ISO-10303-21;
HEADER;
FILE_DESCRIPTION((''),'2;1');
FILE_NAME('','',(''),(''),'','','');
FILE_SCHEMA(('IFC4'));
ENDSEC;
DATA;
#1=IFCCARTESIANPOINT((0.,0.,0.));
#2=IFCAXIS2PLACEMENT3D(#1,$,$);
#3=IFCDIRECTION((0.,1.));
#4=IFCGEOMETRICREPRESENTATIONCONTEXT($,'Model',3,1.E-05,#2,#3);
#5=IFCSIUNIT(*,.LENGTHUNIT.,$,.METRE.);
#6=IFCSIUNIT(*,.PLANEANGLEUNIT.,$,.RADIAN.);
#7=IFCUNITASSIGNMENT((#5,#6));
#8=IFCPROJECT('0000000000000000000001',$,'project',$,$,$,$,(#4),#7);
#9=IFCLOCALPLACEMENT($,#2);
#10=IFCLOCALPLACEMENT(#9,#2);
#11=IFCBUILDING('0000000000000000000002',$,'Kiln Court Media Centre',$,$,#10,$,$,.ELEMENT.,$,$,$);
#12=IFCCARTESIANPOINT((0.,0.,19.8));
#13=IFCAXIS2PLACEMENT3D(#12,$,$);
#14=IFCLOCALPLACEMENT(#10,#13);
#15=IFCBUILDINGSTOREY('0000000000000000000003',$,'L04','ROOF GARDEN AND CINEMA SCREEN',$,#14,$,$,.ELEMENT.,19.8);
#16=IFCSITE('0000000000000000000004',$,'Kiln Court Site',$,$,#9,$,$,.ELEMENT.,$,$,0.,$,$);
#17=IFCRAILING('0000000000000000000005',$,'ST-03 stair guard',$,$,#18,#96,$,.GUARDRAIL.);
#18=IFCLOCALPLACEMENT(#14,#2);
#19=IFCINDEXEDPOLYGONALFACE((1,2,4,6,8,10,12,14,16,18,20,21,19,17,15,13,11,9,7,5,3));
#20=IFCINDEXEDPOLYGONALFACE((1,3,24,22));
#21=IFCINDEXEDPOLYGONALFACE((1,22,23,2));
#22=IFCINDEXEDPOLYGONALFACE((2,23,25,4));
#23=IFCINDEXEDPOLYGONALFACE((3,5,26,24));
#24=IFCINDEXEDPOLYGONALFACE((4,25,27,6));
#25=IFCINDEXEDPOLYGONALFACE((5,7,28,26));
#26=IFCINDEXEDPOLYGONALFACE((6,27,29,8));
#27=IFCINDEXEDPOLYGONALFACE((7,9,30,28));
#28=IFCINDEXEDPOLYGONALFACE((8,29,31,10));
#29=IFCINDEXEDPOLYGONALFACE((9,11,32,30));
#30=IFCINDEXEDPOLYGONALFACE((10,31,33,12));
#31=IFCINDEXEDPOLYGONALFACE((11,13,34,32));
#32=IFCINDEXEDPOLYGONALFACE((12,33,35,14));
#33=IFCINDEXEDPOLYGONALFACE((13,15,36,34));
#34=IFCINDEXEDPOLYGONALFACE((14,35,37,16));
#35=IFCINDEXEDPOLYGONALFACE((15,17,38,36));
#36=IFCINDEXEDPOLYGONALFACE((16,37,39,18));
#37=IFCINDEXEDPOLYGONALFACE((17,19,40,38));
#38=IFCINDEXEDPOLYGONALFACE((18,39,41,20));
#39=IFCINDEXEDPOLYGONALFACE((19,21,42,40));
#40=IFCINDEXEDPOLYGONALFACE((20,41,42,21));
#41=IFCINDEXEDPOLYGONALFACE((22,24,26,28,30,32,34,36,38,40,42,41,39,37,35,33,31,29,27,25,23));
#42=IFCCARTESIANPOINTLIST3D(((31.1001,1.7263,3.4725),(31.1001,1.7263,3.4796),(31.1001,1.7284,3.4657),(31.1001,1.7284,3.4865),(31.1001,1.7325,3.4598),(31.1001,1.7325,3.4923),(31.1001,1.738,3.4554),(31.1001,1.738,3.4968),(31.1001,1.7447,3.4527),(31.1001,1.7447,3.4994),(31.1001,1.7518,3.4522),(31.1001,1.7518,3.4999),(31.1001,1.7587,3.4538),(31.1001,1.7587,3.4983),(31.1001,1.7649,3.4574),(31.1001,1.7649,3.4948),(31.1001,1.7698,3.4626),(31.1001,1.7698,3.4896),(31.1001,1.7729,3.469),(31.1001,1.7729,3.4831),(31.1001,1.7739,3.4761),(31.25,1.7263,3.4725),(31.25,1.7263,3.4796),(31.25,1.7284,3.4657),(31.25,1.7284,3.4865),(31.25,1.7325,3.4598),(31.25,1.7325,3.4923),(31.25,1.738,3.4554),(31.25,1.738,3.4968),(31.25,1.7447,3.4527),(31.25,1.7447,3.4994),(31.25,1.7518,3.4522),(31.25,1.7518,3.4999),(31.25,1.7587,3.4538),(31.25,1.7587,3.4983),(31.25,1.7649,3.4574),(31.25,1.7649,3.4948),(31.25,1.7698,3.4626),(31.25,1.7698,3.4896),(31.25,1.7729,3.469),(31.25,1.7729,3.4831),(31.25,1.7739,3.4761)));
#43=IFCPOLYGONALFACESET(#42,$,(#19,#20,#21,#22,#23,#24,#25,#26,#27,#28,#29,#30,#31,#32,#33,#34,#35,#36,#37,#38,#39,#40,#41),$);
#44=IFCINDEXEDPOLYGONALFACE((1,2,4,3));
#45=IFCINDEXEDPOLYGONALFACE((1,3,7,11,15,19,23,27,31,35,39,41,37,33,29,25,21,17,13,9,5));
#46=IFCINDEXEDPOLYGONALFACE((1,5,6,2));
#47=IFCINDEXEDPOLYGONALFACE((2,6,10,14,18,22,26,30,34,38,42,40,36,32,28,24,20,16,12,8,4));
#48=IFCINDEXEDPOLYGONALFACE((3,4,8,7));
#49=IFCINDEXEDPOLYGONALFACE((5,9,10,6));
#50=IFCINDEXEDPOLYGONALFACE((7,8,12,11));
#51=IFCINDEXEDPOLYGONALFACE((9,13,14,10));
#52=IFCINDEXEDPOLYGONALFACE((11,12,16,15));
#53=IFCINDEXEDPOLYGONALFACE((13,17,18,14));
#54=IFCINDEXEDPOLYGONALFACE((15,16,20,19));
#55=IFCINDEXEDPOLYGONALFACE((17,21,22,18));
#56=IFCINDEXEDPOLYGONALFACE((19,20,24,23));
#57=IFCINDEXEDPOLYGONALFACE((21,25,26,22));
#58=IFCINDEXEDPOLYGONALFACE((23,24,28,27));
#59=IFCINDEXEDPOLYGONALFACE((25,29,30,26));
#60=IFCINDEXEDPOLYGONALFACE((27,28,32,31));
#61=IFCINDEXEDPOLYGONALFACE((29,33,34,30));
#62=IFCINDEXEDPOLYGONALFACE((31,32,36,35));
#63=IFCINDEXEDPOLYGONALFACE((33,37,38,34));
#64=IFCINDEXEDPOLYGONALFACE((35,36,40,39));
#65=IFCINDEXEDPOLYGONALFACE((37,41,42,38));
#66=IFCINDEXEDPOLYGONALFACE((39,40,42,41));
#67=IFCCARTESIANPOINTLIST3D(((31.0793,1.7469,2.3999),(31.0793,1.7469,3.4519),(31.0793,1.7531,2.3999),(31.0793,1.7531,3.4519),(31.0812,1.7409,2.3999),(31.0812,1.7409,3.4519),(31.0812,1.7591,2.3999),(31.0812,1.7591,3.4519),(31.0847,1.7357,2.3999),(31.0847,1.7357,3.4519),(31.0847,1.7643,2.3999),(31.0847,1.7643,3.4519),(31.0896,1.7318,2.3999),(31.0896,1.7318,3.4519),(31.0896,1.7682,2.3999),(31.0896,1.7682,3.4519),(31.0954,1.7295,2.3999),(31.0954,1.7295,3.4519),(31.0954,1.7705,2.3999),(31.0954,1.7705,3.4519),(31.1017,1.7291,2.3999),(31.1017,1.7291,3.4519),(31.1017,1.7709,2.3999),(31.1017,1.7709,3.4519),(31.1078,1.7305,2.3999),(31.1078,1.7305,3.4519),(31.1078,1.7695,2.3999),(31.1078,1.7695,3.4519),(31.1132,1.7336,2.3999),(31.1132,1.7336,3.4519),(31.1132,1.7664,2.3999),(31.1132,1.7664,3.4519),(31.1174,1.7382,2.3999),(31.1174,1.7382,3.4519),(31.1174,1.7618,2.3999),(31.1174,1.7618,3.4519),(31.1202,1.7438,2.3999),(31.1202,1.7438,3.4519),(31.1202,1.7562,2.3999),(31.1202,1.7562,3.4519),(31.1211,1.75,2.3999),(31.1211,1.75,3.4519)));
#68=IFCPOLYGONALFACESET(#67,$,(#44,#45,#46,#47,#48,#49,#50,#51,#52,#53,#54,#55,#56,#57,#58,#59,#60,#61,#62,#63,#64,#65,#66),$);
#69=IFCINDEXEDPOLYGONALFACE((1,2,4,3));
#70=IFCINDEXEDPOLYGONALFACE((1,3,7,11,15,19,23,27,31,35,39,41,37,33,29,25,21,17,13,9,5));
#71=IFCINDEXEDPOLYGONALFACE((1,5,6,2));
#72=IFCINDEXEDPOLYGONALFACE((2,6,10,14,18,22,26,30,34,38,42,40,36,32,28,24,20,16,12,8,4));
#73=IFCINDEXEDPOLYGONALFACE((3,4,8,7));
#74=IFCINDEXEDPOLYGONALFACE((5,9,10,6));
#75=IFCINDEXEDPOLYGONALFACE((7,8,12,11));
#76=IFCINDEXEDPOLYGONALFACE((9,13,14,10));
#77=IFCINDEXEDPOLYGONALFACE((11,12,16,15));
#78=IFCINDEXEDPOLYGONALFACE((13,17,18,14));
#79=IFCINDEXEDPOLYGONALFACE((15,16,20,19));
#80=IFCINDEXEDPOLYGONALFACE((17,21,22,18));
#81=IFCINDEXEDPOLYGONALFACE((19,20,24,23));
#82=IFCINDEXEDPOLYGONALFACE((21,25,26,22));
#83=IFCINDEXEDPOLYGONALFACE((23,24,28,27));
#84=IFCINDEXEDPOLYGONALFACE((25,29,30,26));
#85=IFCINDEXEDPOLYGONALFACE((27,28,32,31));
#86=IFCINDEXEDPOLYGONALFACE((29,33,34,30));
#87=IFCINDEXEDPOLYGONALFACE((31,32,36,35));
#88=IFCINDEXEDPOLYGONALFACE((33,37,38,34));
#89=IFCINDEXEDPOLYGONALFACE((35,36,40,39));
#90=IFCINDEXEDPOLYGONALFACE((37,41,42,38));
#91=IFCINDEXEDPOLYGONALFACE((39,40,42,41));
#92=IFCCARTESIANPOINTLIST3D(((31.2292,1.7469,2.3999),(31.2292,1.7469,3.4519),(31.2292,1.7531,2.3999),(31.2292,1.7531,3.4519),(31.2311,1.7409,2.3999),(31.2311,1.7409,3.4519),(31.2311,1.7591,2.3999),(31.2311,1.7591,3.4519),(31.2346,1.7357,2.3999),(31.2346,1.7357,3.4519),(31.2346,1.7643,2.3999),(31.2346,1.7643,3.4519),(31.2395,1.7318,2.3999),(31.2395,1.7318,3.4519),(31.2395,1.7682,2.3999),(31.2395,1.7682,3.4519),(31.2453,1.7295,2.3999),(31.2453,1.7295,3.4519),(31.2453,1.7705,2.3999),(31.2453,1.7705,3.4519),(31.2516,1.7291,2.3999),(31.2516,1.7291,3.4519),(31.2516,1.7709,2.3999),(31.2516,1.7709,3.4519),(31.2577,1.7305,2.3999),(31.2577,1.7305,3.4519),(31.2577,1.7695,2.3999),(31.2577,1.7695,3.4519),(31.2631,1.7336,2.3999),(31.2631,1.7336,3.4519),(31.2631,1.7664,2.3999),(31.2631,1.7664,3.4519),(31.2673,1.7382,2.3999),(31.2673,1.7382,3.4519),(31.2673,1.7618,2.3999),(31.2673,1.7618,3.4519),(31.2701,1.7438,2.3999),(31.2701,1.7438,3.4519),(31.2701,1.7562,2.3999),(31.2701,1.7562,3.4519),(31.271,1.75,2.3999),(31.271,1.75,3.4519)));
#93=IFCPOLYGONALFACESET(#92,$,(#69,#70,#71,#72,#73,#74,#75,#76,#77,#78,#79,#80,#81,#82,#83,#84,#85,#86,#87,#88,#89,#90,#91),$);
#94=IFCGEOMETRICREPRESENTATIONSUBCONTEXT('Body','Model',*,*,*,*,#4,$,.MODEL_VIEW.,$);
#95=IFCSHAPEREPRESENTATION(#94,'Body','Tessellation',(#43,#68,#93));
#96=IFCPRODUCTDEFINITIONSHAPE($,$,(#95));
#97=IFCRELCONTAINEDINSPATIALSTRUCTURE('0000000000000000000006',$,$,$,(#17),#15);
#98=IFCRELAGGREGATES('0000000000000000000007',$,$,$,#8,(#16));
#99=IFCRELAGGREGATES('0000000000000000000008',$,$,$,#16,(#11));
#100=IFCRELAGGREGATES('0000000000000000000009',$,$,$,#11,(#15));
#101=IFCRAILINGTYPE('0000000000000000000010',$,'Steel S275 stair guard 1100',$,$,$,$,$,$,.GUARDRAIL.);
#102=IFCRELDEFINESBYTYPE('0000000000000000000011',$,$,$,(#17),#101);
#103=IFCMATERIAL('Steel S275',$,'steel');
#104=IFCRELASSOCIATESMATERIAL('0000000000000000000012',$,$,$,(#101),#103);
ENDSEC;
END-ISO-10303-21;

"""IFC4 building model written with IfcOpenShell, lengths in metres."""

from ifc_helpers import new_model, si_unit, direction, frame, origin, origin_2d, place, context, subcontext, project, spatial, circle, extrude, material, type_object, element, save


model = new_model("IFC4")

# Units and contexts
model_context = context("Model", 3, precision=1e-05, world=origin(), true_north=direction((0.0, 1.0)))
body_context = subcontext(model_context, "Body", "Model", "MODEL_VIEW")
ifc_project = project(units=[si_unit("LENGTHUNIT", "METRE"), si_unit("PLANEANGLEUNIT", "RADIAN")], contexts=[model_context])

# Site, building, storey
site_placement = place(None, origin())
site = spatial("IfcSite", under=ifc_project, at=site_placement, Name="Kiln Court Site", CompositionType="ELEMENT", RefElevation=0.0)
building_placement = place(site_placement, origin())
building = spatial("IfcBuilding", under=site, at=building_placement, Name="Kiln Court Media Centre", CompositionType="ELEMENT")
storey_placement = place(building_placement, frame((0.0, 0.0, 19.8)))
storey = spatial("IfcBuildingStorey", under=building, at=storey_placement, Name="L04", Description="ROOF GARDEN AND CINEMA SCREEN", CompositionType="ELEMENT", Elevation=19.8)

# Railing
ifc_material_1 = material(Name="Steel S275", Category="steel")
railing_type_1 = type_object("IfcRailingType", Name="Steel S275 stair guard 1100", PredefinedType="GUARDRAIL", material=ifc_material_1)
railing_1_placement = place(storey_placement, frame((31.1001, 1.75, 2.3999)))
element("IfcRailing", 1, at=railing_1_placement, inside=storey, type_object=railing_type_1, Name="ST-03 stair guard", PredefinedType="GUARDRAIL", context=body_context, shape_type="SweptSolid", body=[
    extrude(circle(Radius=0.0239, at=origin_2d()), frame((0.0, 0.0, 1.0762), z_axis=(1.0, 0.0, 0.0), x_axis=(0.0, 1.0, 0.0)), (0.0, 0.0, 1.0), 0.1499),
    extrude(circle(Radius=0.021, at=origin_2d()), origin(), (0.0, 0.0, 1.0), 1.052),
    extrude(circle(Radius=0.021, at=origin_2d()), frame((0.1499, 0.0, 0.0)), (0.0, 0.0, 1.0), 1.052),
])

save(model, "model.ifc")
